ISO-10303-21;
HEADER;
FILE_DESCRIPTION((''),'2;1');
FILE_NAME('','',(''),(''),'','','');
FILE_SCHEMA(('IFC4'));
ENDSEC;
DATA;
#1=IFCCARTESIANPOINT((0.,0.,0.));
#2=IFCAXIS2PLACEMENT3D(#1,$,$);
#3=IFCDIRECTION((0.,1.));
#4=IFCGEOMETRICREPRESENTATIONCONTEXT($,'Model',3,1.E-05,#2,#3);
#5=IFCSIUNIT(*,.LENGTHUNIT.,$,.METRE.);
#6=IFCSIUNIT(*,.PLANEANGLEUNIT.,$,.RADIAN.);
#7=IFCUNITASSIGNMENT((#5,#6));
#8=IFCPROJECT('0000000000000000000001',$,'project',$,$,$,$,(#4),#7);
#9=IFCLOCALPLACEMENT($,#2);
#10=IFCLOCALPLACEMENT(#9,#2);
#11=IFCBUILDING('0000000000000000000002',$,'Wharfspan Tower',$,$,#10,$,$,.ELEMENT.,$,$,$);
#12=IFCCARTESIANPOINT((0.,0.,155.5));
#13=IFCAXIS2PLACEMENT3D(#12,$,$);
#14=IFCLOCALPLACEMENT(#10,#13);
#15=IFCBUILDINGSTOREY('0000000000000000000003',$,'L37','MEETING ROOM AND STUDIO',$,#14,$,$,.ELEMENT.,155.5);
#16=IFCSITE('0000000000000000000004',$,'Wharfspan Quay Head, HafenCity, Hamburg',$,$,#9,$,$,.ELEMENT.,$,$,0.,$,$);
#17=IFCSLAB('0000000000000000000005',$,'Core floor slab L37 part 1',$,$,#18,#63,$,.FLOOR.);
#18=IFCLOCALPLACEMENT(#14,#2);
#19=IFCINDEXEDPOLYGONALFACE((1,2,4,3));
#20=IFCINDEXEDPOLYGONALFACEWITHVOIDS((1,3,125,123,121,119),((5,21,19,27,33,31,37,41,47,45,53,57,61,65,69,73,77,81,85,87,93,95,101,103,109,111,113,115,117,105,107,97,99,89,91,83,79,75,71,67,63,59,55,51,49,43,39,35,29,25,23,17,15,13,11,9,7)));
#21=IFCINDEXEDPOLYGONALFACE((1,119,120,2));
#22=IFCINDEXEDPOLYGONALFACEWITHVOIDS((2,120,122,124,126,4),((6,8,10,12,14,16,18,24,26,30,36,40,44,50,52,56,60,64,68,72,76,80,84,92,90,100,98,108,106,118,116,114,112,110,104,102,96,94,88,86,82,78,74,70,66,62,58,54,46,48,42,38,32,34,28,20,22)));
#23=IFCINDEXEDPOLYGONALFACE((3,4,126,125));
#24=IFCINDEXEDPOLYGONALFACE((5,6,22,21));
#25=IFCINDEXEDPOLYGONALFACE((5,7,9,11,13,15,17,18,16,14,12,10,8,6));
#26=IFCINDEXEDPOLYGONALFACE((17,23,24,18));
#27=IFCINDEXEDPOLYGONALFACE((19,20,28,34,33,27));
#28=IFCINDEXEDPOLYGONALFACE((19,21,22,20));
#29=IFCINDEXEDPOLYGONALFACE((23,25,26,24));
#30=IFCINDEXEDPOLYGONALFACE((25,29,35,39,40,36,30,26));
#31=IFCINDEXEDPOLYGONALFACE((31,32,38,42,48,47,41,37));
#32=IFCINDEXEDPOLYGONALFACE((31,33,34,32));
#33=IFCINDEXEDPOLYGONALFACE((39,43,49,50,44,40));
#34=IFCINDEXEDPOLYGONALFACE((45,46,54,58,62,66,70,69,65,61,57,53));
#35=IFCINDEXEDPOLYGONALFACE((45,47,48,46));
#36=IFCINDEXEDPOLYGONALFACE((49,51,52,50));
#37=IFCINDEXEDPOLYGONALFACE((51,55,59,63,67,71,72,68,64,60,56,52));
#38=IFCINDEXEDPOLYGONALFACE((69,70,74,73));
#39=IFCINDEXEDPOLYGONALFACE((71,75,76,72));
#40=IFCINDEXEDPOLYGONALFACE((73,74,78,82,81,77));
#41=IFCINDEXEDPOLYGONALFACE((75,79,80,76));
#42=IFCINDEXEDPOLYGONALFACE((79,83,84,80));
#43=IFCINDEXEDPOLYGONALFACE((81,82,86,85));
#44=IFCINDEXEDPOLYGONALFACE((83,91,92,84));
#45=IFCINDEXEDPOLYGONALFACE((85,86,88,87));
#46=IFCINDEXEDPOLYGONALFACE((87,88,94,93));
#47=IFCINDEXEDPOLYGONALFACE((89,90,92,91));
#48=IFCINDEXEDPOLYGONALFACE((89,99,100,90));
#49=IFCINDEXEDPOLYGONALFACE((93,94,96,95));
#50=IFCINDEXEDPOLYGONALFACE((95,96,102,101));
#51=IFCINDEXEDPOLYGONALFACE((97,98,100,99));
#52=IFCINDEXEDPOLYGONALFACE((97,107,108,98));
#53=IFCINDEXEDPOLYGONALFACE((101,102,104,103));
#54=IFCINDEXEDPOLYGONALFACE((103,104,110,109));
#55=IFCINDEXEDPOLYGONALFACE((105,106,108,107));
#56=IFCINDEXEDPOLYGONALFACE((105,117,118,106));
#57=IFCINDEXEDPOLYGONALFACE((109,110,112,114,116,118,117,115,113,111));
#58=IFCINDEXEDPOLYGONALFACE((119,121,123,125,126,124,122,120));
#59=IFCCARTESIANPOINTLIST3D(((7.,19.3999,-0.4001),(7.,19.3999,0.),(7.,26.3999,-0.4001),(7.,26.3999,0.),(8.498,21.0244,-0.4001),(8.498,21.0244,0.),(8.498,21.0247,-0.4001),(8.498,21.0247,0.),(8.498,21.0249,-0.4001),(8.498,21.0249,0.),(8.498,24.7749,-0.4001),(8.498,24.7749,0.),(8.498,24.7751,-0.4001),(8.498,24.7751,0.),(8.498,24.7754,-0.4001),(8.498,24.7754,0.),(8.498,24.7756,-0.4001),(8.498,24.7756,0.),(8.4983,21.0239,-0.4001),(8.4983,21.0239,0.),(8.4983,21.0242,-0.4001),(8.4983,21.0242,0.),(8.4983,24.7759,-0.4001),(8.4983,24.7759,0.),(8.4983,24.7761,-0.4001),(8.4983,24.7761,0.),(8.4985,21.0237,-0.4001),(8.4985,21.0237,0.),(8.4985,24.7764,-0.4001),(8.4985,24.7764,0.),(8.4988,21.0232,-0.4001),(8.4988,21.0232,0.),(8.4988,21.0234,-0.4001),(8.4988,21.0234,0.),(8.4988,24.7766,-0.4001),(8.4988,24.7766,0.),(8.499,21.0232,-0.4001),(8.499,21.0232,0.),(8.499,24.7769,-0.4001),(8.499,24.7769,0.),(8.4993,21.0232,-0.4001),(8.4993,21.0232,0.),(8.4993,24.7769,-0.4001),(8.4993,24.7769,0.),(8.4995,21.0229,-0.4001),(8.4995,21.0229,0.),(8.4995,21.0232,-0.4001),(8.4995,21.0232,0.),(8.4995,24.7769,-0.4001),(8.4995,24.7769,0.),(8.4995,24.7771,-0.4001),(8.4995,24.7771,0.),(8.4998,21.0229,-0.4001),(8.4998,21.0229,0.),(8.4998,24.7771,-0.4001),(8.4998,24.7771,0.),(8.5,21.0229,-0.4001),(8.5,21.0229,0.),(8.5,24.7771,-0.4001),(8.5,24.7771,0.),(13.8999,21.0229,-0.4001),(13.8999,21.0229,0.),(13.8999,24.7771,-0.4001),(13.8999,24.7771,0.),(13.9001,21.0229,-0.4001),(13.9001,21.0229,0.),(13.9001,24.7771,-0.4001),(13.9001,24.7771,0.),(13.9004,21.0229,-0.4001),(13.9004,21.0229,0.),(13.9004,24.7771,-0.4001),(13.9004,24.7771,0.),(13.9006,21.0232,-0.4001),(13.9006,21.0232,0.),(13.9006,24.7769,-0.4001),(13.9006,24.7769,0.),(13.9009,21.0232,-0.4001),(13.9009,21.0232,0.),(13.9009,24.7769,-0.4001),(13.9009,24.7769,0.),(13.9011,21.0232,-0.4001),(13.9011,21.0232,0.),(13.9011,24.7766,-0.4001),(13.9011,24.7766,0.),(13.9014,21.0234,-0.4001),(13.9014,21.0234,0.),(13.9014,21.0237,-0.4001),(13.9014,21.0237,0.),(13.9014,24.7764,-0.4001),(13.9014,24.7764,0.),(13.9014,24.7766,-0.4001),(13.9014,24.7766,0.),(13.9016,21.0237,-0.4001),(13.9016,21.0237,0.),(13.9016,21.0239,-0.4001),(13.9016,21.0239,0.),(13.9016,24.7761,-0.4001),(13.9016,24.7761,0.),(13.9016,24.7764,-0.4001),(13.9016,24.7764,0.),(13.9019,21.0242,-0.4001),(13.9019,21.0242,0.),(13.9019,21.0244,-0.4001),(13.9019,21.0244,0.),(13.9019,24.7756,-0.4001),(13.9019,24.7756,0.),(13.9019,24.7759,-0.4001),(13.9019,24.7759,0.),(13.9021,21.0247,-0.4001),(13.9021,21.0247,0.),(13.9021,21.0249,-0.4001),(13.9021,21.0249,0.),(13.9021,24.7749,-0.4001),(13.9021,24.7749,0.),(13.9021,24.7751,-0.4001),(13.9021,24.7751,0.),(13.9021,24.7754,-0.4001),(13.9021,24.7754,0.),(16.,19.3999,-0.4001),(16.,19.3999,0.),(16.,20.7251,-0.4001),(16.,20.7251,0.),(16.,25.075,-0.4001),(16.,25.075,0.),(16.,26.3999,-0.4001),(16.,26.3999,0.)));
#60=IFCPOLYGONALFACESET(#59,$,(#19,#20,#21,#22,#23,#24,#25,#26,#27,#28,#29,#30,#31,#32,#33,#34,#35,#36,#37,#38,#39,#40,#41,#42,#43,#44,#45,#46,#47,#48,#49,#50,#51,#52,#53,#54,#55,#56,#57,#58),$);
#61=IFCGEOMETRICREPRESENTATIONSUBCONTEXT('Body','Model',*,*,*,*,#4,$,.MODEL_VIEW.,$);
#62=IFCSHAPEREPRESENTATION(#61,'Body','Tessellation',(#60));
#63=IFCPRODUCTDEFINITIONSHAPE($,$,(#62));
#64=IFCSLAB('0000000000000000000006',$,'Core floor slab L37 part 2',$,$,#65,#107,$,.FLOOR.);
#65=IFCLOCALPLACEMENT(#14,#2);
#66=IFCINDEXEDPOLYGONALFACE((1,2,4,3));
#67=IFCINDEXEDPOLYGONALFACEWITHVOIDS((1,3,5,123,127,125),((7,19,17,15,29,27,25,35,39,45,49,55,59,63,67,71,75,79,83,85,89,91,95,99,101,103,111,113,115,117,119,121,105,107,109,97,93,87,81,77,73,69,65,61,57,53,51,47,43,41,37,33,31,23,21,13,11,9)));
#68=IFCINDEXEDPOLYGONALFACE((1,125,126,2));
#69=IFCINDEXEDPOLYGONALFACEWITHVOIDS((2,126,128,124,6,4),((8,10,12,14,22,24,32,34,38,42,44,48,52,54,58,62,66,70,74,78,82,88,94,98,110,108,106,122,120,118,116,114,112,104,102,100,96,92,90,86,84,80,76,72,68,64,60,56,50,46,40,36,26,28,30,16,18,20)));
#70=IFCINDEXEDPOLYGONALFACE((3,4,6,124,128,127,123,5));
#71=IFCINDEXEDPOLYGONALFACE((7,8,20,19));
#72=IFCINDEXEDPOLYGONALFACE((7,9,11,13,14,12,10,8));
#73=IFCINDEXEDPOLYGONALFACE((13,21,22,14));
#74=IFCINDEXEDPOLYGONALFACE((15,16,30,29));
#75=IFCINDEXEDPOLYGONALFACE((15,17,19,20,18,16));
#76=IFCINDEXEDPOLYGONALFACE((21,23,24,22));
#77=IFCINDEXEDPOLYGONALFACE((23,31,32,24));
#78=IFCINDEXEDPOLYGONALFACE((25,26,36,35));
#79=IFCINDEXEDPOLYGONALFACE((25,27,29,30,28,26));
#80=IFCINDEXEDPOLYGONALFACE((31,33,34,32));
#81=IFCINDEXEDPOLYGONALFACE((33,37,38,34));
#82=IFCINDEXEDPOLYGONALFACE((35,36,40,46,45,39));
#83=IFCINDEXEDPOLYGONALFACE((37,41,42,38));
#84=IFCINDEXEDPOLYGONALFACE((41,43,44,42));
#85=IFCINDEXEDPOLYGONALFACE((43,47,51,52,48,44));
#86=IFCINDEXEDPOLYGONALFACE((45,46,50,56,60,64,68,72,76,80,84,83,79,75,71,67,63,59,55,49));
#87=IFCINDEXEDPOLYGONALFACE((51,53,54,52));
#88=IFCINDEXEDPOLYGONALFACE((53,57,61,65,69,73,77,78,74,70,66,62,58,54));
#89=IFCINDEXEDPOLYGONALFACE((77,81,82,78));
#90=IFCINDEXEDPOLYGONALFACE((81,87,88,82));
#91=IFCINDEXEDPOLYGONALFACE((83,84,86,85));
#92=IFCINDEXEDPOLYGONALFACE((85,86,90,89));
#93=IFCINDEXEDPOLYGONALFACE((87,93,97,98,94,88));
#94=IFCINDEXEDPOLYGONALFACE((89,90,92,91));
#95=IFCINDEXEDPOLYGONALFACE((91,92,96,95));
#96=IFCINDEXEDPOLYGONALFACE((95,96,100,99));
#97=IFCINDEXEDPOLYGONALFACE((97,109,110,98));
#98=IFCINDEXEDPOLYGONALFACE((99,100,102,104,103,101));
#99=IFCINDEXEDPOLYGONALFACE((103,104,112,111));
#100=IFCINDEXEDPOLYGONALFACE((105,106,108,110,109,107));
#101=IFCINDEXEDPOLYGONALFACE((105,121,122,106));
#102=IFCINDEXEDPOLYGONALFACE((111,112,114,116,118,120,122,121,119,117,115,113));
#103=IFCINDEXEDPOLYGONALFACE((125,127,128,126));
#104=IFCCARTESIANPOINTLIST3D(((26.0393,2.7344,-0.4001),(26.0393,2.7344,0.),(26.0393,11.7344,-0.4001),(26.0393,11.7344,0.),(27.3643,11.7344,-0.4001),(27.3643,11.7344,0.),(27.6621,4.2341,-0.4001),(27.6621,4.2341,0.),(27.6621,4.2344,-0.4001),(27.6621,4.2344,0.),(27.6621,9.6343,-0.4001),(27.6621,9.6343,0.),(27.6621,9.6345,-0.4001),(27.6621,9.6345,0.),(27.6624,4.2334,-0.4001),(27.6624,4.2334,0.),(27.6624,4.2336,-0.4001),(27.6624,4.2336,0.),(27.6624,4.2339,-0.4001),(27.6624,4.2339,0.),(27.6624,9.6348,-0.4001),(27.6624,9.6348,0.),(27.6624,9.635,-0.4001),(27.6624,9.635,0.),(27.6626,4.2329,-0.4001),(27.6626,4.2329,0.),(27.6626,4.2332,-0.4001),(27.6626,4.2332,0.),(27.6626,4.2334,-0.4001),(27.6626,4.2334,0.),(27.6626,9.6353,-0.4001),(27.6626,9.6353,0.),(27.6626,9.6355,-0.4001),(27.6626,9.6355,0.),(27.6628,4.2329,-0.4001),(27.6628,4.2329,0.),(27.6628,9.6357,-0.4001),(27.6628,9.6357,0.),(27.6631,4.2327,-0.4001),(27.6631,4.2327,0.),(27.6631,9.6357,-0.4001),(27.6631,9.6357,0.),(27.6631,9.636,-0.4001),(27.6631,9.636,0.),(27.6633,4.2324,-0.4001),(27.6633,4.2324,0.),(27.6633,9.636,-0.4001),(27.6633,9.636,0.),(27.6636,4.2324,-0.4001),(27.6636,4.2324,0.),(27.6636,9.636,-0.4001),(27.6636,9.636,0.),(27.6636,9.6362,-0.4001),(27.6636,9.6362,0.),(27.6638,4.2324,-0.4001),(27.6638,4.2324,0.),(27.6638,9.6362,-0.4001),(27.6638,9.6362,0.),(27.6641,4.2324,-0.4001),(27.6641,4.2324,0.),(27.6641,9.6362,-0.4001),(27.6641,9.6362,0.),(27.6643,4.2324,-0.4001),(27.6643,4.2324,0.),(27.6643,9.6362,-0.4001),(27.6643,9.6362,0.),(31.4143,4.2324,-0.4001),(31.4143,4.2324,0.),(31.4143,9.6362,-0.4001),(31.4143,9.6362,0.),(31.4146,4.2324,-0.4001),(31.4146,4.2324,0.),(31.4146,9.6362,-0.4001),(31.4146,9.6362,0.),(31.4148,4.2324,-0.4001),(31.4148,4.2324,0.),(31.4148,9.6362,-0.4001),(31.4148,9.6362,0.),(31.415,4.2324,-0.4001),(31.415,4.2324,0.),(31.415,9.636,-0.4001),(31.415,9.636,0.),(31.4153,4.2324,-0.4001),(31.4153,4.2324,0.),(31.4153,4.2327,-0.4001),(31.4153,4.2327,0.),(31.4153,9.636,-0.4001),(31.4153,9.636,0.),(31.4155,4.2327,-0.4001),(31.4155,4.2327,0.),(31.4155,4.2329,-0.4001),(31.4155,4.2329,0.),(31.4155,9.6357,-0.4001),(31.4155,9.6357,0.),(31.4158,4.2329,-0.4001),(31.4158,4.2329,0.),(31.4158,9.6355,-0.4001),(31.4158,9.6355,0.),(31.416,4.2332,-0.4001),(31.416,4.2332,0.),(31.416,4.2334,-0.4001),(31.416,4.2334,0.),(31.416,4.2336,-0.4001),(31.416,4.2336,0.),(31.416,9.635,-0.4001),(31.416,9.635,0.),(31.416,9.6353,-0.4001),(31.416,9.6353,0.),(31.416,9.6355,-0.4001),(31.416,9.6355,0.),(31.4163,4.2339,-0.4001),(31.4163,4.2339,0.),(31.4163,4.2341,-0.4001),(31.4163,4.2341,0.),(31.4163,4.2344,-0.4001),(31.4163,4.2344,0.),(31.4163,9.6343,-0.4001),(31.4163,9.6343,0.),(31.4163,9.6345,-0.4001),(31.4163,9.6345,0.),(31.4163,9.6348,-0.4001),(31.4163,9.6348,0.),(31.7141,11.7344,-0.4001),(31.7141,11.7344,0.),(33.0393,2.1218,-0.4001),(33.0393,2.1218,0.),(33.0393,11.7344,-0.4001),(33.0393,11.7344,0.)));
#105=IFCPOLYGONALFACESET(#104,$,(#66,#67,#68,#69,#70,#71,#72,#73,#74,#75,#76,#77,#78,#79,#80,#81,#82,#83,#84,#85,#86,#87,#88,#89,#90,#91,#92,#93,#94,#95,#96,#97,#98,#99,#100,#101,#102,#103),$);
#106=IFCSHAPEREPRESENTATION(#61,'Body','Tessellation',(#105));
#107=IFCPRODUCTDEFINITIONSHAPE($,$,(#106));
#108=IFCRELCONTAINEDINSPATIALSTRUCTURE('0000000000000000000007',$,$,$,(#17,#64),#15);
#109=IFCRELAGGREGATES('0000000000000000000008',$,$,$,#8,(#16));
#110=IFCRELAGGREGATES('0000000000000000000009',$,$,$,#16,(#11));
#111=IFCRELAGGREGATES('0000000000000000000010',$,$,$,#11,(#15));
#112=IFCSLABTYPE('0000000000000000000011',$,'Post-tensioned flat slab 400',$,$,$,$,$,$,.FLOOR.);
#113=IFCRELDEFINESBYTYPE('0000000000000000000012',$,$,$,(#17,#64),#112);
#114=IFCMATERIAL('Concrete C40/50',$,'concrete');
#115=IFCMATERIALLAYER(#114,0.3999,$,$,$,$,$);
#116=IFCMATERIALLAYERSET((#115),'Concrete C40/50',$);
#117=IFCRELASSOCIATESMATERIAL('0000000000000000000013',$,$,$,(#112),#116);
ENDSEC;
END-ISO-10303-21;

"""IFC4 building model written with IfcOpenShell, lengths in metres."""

from ifc_helpers import new_model, si_unit, direction, frame, origin, place, context, subcontext, project, spatial, polyline, outline, extrude, material, layer, layer_set, type_object, element, save


model = new_model("IFC4")

# Units and contexts
model_context = context("Model", 3, precision=1e-05, world=origin(), true_north=direction((0.0, 1.0)))
body_context = subcontext(model_context, "Body", "Model", "MODEL_VIEW")
ifc_project = project(units=[si_unit("LENGTHUNIT", "METRE"), si_unit("PLANEANGLEUNIT", "RADIAN")], contexts=[model_context])

# Site, building, storey
site_placement = place(None, origin())
site = spatial("IfcSite", under=ifc_project, at=site_placement, Name="Wharfspan Quay Head, HafenCity, Hamburg", CompositionType="ELEMENT", RefElevation=0.0)
building_placement = place(site_placement, origin())
building = spatial("IfcBuilding", under=site, at=building_placement, Name="Wharfspan Tower", CompositionType="ELEMENT")
storey_placement = place(building_placement, frame((0.0, 0.0, 155.5)))
storey = spatial("IfcBuildingStorey", under=building, at=storey_placement, Name="L37", Description="MEETING ROOM AND STUDIO", CompositionType="ELEMENT", Elevation=155.5)

# Slabs
ifc_material_1 = material(Name="Concrete C40/50", Category="concrete")
ifc_layer_1 = layer(ifc_material_1, 0.3999)
ifc_layer_set_1 = layer_set([ifc_layer_1], Name="Concrete C40/50")
slab_type_1 = type_object("IfcSlabType", Name="Post-tensioned flat slab 400", PredefinedType="FLOOR", material=ifc_layer_set_1)
slab_1_placement = place(storey_placement, frame((0.0, 0.0, -0.4001)))
element("IfcSlab", 1, at=slab_1_placement, inside=storey, type_object=slab_type_1, Name="Core floor slab L37 part 1", PredefinedType="FLOOR", context=body_context, shape_type="SweptSolid", body=[
    extrude(outline(polyline([(16.0, 20.7251), (16.0, 25.075), (16.0, 26.3999), (7.0, 26.3999), (7.0, 19.3999), (16.0, 19.3999), (16.0, 20.7251)]), holes=[polyline([(13.8999, 24.7771), (13.9001, 24.7771), (13.9004, 24.7771), (13.9006, 24.7769), (13.9009, 24.7769), (13.9009, 24.7769), (13.9011, 24.7766), (13.9014, 24.7766), (13.9014, 24.7764), (13.9016, 24.7764), (13.9016, 24.7761), (13.9019, 24.7759), (13.9019, 24.7759), (13.9019, 24.7756), (13.9021, 24.7754), (13.9021, 24.7751), (13.9021, 24.7749), (13.9021, 21.0249), (13.9021, 21.0249), (13.9021, 21.0247), (13.9019, 21.0244), (13.9019, 21.0242), (13.9019, 21.0242), (13.9016, 21.0239), (13.9016, 21.0237), (13.9014, 21.0237), (13.9014, 21.0234), (13.9011, 21.0232), (13.9009, 21.0232), (13.9009, 21.0232), (13.9006, 21.0232), (13.9004, 21.0229), (13.9001, 21.0229), (13.8999, 21.0229), (8.5, 21.0229), (8.4998, 21.0229), (8.4995, 21.0229), (8.4995, 21.0232), (8.4993, 21.0232), (8.499, 21.0232), (8.4988, 21.0232), (8.4988, 21.0234), (8.4985, 21.0237), (8.4985, 21.0237), (8.4983, 21.0239), (8.4983, 21.0242), (8.4983, 21.0242), (8.498, 21.0244), (8.498, 21.0247), (8.498, 21.0249), (8.498, 21.0249), (8.498, 24.7749), (8.498, 24.7751), (8.498, 24.7754), (8.498, 24.7756), (8.4983, 24.7759), (8.4983, 24.7759), (8.4983, 24.7761), (8.4985, 24.7764), (8.4985, 24.7764), (8.4988, 24.7766), (8.4988, 24.7766), (8.499, 24.7769), (8.4993, 24.7769), (8.4995, 24.7769), (8.4995, 24.7771), (8.4998, 24.7771), (8.5, 24.7771), (13.8999, 24.7771)])]), origin(), (0.0, 0.0, 1.0), 0.4001),
])
slab_2_placement = place(storey_placement, frame((0.0, 0.0, -0.4001)))
element("IfcSlab", 2, at=slab_2_placement, inside=storey, type_object=slab_type_1, Name="Core floor slab L37 part 2", PredefinedType="FLOOR", context=body_context, shape_type="SweptSolid", body=[
    extrude(outline(polyline([(31.7141, 11.7344), (27.3643, 11.7344), (26.0393, 11.7344), (26.0393, 2.7344), (33.0393, 2.1218), (33.0393, 11.7344), (31.7141, 11.7344)]), holes=[polyline([(27.6621, 9.6343), (27.6621, 9.6345), (27.6624, 9.6348), (27.6624, 9.635), (27.6624, 9.635), (27.6626, 9.6353), (27.6626, 9.6355), (27.6626, 9.6355), (27.6628, 9.6357), (27.6631, 9.6357), (27.6631, 9.636), (27.6633, 9.636), (27.6636, 9.636), (27.6636, 9.6362), (27.6638, 9.6362), (27.6641, 9.6362), (27.6643, 9.6362), (31.4143, 9.6362), (31.4143, 9.6362), (31.4146, 9.6362), (31.4148, 9.6362), (31.415, 9.636), (31.4153, 9.636), (31.4153, 9.636), (31.4155, 9.6357), (31.4155, 9.6357), (31.4158, 9.6355), (31.416, 9.6355), (31.416, 9.6353), (31.416, 9.635), (31.416, 9.635), (31.4163, 9.6348), (31.4163, 9.6345), (31.4163, 9.6343), (31.4163, 4.2344), (31.4163, 4.2341), (31.4163, 4.2339), (31.416, 4.2336), (31.416, 4.2334), (31.416, 4.2334), (31.416, 4.2332), (31.4158, 4.2329), (31.4155, 4.2329), (31.4155, 4.2327), (31.4153, 4.2327), (31.4153, 4.2324), (31.415, 4.2324), (31.4148, 4.2324), (31.4146, 4.2324), (31.4143, 4.2324), (31.4143, 4.2324), (27.6643, 4.2324), (27.6641, 4.2324), (27.6638, 4.2324), (27.6636, 4.2324), (27.6636, 4.2324), (27.6633, 4.2324), (27.6631, 4.2327), (27.6631, 4.2327), (27.6628, 4.2329), (27.6626, 4.2329), (27.6626, 4.2332), (27.6626, 4.2334), (27.6624, 4.2334), (27.6624, 4.2336), (27.6624, 4.2339), (27.6621, 4.2341), (27.6621, 4.2344), (27.6621, 9.6343)])]), origin(), (0.0, 0.0, 1.0), 0.4001),
])

save(model, "model.ifc")
